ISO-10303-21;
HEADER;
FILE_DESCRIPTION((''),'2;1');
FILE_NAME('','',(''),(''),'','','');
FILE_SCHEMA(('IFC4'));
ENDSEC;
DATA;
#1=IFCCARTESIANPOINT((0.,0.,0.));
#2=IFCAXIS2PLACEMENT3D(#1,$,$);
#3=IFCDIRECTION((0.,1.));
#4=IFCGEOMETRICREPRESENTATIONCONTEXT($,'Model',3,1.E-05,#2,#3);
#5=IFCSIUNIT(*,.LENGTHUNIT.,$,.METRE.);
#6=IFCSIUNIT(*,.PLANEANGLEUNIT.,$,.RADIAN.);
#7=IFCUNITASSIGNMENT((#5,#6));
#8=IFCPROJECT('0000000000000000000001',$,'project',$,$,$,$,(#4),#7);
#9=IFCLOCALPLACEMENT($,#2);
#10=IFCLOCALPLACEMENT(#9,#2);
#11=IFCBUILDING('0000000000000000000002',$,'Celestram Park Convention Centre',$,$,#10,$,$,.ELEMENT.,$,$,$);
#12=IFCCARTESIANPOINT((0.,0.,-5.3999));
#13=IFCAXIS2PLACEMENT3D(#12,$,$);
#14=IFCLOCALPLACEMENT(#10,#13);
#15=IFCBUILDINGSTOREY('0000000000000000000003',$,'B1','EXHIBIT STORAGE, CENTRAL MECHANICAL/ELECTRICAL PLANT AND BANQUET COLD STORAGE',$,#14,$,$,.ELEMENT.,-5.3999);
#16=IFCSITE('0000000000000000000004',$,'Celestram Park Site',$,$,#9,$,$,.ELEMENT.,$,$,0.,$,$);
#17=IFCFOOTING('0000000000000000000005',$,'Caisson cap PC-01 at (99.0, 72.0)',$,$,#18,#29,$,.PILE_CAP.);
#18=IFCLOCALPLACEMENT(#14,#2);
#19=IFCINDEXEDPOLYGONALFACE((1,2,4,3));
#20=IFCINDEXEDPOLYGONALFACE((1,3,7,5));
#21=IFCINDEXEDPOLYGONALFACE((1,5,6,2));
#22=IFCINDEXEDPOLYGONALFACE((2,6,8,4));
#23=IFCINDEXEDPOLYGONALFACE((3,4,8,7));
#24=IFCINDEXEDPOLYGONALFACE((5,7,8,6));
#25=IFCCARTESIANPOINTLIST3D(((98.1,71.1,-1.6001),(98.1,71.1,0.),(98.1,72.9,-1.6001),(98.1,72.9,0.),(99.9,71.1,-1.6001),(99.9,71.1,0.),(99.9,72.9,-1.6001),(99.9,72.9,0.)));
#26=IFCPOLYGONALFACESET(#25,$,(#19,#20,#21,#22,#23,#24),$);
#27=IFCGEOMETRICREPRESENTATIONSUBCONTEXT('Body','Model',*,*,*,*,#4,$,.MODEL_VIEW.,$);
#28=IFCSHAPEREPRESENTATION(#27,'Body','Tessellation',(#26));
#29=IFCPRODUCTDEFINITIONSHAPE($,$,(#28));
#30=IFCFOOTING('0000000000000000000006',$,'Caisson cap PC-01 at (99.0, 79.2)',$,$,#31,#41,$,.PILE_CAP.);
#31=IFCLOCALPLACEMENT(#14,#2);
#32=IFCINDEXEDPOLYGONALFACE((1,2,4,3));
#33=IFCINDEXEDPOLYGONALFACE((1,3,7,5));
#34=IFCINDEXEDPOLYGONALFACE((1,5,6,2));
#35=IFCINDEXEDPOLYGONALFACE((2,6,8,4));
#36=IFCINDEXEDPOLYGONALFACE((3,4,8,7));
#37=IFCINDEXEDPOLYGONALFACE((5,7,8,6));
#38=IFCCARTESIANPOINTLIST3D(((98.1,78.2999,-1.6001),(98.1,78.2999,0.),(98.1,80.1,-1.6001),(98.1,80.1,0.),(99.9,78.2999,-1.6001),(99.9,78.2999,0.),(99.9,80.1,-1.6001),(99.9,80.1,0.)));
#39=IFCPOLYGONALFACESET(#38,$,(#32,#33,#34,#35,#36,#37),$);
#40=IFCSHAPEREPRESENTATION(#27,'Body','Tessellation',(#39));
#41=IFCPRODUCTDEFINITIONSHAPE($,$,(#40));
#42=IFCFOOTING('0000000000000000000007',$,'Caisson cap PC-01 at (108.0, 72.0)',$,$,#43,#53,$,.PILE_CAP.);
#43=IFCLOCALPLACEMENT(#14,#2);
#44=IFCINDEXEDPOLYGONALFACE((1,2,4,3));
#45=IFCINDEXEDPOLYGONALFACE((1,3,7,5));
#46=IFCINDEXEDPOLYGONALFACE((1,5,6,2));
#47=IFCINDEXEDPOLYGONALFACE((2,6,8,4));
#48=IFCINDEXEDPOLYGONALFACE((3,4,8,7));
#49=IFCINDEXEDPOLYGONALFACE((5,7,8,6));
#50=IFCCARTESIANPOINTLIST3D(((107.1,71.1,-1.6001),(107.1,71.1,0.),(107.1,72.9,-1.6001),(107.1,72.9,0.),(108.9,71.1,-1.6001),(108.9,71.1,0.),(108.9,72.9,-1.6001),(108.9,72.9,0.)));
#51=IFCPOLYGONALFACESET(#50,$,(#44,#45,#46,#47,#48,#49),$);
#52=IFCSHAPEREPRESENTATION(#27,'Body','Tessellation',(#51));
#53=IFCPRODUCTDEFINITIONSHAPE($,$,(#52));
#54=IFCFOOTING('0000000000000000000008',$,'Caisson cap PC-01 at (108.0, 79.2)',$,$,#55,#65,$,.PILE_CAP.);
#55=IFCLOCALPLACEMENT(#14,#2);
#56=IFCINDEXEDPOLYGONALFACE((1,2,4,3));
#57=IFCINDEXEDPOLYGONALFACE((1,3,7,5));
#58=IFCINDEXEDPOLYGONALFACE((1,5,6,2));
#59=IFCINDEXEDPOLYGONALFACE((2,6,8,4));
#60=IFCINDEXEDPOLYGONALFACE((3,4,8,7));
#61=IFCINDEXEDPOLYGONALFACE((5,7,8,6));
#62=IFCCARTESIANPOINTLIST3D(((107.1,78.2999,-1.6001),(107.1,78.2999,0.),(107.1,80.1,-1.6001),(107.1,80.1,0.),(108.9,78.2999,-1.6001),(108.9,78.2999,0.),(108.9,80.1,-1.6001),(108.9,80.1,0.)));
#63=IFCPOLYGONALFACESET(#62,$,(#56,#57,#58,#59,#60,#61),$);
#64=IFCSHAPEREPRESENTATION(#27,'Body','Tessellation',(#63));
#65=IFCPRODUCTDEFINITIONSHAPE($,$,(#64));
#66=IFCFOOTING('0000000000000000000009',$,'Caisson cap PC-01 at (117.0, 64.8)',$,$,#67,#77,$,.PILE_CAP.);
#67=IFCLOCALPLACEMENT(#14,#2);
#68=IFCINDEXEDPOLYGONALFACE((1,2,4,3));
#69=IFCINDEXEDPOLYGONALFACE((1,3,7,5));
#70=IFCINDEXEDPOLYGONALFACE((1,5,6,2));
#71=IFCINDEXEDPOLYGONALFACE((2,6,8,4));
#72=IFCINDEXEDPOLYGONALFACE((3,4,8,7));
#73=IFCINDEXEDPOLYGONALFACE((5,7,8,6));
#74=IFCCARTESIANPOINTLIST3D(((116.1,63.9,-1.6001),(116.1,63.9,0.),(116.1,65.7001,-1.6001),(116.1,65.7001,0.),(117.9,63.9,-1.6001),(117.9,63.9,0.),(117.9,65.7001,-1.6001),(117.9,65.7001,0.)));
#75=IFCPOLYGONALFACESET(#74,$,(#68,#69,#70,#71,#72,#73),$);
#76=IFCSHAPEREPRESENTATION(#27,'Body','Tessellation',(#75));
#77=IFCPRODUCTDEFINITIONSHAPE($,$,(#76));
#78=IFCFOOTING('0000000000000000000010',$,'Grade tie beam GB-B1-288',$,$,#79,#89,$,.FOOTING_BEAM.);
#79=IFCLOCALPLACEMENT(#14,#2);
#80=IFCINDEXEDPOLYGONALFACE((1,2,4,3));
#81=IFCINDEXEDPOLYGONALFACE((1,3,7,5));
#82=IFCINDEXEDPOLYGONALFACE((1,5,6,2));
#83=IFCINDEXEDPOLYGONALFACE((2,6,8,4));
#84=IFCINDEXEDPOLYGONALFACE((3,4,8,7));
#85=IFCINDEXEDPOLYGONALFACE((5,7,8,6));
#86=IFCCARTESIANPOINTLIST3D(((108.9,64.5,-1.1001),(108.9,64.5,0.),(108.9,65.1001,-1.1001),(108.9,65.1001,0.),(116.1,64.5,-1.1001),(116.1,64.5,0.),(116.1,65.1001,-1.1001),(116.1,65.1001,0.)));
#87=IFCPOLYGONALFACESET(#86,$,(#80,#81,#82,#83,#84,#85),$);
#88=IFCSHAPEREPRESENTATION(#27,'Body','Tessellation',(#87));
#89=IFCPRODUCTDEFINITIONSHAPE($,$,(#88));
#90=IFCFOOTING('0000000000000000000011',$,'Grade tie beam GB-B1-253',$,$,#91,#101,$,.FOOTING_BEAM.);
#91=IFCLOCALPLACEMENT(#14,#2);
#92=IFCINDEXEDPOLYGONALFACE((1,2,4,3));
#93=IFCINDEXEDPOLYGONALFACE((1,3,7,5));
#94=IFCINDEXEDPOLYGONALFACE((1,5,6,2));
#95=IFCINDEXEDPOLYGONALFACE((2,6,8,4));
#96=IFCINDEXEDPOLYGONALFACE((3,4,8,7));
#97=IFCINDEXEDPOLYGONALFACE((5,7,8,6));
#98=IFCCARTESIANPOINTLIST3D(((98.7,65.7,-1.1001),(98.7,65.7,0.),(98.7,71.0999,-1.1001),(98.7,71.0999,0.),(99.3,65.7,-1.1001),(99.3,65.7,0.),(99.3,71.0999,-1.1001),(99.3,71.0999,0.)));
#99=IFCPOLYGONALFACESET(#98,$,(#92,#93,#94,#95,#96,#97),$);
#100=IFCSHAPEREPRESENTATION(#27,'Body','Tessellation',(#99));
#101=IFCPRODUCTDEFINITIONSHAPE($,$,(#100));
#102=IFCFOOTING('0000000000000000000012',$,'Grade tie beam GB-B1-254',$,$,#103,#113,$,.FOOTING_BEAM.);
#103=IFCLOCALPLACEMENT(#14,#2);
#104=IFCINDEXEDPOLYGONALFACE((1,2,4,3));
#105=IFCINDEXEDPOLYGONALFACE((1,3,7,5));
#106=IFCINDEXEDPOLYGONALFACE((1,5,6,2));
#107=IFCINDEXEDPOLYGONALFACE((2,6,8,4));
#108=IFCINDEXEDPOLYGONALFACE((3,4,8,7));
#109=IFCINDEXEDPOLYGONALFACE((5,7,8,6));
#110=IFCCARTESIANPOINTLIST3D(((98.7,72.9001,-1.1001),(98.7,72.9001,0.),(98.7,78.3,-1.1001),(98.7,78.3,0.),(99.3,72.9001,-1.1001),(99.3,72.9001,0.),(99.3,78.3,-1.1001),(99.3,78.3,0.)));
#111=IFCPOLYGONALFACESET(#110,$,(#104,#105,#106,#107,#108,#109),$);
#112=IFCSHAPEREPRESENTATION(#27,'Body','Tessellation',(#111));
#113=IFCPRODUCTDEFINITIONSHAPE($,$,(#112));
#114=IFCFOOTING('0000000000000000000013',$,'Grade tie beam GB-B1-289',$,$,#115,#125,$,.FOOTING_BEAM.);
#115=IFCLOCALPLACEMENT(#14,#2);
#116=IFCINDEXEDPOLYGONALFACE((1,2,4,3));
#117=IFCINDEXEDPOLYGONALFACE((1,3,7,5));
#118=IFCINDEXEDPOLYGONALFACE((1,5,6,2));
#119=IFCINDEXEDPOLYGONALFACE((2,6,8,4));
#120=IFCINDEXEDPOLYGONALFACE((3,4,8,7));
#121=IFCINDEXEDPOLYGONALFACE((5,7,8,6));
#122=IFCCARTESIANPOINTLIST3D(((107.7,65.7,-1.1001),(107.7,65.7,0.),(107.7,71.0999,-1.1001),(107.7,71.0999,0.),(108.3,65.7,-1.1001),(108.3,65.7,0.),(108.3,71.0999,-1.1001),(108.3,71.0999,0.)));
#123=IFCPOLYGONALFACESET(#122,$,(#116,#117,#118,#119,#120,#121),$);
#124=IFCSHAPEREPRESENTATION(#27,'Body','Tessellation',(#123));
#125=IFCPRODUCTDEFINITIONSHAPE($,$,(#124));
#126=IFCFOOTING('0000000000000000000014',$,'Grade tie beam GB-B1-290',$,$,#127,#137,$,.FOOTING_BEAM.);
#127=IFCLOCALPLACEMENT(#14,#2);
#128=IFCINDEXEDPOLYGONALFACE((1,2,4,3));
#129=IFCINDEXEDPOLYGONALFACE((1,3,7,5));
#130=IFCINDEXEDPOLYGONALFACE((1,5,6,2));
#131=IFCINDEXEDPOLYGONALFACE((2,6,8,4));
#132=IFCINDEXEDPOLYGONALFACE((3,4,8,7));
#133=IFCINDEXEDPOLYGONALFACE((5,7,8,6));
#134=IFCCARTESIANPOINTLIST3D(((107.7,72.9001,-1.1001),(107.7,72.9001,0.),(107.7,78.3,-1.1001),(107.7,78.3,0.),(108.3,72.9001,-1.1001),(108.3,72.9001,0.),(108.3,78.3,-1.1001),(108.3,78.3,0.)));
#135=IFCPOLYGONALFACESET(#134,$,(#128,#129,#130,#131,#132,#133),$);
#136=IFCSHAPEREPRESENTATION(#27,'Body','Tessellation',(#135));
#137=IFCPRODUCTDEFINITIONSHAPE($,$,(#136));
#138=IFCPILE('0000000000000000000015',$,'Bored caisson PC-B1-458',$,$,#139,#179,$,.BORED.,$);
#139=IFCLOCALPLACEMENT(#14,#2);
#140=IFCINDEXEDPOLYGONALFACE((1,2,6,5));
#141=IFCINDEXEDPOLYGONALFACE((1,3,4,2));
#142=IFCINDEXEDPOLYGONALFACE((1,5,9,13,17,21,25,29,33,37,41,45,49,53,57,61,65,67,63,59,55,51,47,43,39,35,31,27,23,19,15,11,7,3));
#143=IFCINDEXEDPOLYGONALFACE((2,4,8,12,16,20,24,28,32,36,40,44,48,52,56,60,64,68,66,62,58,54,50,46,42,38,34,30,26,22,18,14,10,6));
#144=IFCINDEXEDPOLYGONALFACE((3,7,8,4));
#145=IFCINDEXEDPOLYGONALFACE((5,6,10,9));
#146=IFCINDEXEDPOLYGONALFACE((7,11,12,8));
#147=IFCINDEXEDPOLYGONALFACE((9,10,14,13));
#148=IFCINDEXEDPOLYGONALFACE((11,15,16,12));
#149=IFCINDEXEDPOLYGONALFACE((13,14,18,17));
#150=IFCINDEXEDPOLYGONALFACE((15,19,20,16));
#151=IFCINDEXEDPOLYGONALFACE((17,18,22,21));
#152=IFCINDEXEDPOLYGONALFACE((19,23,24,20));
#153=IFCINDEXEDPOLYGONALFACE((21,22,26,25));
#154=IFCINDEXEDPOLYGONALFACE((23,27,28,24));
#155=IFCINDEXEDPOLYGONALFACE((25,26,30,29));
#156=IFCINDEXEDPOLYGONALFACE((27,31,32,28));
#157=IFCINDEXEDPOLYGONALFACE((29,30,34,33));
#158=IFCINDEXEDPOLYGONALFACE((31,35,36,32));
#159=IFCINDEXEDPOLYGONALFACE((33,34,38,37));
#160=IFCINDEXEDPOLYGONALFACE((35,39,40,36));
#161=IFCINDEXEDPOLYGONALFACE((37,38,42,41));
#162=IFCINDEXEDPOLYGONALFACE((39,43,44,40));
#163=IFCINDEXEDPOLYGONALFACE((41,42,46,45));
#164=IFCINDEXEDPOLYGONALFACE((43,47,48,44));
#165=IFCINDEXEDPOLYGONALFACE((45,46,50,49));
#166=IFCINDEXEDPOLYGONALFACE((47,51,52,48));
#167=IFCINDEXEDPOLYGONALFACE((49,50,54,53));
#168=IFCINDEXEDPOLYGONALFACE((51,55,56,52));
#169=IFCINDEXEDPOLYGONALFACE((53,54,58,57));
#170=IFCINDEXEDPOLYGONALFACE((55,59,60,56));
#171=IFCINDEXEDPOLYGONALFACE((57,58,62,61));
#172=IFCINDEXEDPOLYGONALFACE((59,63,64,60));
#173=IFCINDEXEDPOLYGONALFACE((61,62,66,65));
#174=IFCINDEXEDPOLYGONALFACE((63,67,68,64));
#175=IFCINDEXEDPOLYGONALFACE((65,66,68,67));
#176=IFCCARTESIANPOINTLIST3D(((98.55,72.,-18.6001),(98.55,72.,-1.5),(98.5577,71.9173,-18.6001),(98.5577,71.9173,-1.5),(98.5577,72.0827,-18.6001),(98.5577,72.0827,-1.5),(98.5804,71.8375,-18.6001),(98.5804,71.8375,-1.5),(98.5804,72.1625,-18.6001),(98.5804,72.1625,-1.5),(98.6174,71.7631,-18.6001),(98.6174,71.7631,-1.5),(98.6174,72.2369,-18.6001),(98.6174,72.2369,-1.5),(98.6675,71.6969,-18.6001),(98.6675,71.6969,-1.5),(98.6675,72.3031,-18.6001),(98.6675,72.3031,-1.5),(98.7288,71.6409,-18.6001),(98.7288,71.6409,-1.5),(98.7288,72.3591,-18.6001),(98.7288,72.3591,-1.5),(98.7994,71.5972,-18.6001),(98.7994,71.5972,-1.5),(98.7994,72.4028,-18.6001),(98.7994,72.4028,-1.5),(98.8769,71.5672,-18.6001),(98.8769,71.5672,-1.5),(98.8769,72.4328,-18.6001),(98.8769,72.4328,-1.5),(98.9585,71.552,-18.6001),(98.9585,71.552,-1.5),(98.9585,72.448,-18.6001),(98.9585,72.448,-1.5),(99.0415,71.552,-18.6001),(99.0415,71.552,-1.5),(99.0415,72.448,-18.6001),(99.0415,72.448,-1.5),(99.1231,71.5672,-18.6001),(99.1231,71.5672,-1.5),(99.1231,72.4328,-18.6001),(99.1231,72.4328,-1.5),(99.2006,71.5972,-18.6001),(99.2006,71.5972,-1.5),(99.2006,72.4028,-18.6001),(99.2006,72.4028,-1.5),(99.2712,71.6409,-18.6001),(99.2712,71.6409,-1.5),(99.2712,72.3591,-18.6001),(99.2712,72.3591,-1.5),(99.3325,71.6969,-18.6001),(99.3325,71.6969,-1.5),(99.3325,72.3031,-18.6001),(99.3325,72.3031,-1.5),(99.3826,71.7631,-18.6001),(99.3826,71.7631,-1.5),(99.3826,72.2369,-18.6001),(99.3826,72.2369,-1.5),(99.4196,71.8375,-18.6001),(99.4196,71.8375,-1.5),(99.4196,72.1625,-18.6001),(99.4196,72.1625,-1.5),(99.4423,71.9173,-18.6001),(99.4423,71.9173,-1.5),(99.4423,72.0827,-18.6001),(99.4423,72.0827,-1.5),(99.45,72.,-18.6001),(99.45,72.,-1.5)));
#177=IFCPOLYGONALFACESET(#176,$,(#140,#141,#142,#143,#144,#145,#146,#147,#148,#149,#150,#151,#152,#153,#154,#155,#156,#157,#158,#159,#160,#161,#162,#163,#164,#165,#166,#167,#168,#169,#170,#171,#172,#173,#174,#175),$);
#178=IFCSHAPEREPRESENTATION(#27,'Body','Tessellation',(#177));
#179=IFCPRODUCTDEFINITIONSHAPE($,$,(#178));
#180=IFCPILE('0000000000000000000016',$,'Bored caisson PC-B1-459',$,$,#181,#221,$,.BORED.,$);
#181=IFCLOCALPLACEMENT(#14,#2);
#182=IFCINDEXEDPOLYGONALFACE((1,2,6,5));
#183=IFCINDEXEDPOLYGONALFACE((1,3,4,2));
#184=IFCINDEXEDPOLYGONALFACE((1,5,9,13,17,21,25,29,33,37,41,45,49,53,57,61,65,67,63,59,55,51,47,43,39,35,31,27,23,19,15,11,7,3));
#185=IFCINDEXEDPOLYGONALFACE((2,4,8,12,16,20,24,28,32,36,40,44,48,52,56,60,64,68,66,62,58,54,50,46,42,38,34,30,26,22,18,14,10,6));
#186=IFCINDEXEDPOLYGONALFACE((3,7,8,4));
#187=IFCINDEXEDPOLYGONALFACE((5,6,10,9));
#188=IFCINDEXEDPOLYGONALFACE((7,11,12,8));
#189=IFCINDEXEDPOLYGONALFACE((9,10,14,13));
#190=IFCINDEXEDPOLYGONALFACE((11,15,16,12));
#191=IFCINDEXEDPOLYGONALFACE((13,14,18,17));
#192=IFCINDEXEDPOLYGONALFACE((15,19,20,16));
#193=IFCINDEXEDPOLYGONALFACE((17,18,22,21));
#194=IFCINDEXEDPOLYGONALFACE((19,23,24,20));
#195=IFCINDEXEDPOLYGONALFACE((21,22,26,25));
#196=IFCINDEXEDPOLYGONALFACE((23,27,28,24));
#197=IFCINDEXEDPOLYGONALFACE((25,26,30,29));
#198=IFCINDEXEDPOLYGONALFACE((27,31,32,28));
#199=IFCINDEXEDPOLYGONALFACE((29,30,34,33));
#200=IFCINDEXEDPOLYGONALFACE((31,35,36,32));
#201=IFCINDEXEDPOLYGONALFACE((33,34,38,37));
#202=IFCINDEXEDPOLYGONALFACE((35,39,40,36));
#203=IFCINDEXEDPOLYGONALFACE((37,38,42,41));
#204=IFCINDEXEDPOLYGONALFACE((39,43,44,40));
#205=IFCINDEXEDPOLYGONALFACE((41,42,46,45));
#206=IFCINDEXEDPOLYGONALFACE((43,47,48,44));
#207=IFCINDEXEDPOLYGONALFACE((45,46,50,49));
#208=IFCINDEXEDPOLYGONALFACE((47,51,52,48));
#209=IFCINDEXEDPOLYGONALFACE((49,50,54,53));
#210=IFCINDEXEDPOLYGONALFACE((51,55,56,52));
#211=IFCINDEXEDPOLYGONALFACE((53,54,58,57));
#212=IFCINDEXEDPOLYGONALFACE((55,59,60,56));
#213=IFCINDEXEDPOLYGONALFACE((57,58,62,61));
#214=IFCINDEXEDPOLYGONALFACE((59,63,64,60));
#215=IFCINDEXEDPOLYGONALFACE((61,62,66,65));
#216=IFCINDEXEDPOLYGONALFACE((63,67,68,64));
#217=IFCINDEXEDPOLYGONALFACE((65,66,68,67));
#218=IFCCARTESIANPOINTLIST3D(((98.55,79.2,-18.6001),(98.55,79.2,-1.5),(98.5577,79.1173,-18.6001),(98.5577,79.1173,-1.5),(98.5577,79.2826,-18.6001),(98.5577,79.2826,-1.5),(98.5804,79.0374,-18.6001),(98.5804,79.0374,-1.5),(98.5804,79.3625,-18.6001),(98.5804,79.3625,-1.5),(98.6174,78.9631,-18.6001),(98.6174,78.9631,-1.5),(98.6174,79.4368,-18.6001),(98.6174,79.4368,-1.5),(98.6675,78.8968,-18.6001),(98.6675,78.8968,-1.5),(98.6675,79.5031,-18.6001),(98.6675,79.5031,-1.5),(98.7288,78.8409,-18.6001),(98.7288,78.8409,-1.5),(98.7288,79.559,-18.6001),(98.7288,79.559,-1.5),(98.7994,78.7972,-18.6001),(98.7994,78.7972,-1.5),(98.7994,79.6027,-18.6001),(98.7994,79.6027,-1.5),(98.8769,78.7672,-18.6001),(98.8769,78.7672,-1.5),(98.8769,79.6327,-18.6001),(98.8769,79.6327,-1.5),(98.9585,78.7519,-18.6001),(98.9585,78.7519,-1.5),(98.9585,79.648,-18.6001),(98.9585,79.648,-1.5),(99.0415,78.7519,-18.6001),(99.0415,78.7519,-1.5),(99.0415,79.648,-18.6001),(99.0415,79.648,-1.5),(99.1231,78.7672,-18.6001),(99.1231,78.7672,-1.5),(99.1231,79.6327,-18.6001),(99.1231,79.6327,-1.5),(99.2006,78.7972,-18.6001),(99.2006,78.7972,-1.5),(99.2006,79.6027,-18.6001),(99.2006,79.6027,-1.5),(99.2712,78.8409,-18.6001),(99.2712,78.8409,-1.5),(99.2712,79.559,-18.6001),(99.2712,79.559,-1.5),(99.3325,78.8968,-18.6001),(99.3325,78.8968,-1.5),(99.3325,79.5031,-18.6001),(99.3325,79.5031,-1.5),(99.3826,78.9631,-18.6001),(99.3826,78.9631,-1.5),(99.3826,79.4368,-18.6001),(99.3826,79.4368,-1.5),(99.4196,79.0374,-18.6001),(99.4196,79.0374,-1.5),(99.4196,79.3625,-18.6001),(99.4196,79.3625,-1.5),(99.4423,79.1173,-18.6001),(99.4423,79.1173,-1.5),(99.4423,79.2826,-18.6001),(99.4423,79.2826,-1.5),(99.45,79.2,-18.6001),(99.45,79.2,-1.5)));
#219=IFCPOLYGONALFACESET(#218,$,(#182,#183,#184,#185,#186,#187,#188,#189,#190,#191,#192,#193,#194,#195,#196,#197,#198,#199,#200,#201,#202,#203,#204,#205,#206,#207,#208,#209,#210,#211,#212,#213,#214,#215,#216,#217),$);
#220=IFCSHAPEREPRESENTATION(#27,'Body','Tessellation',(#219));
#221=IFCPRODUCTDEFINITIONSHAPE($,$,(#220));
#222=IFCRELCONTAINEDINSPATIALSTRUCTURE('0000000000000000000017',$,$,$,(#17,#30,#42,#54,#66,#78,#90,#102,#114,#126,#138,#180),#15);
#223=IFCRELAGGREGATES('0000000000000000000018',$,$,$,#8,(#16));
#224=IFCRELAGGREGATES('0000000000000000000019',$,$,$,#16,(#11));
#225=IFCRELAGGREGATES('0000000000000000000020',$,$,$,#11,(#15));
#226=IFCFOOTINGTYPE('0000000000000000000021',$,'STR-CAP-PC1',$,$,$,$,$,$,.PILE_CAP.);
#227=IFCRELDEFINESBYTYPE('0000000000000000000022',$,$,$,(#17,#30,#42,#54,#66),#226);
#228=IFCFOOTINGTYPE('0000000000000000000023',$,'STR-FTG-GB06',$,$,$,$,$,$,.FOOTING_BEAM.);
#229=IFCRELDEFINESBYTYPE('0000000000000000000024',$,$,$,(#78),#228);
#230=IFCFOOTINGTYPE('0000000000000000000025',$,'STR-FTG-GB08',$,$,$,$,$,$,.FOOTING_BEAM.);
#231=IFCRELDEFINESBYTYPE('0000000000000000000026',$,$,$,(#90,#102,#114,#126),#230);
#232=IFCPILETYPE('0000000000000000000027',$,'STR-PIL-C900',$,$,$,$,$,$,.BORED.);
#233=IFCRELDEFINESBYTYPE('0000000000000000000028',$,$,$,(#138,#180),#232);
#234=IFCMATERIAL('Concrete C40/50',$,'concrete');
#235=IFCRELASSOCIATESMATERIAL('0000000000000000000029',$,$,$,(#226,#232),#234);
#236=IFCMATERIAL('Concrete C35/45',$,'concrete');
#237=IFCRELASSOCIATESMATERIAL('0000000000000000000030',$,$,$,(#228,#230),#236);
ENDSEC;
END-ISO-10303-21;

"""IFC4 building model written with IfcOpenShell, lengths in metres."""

from ifc_helpers import new_model, si_unit, direction, frame, origin, origin_2d, place, context, subcontext, project, spatial, rectangle, circle, extrude, material, material_profile, profile_set, type_object, element, save


model = new_model("IFC4")

# Units and contexts
model_context = context("Model", 3, precision=1e-05, world=origin(), true_north=direction((0.0, 1.0)))
body_context = subcontext(model_context, "Body", "Model", "MODEL_VIEW")
ifc_project = project(units=[si_unit("LENGTHUNIT", "METRE"), si_unit("PLANEANGLEUNIT", "RADIAN")], contexts=[model_context])

# Site, building, storey
site_placement = place(None, origin())
site = spatial("IfcSite", under=ifc_project, at=site_placement, Name="Celestram Park Site", CompositionType="ELEMENT", RefElevation=0.0)
building_placement = place(site_placement, origin())
building = spatial("IfcBuilding", under=site, at=building_placement, Name="Celestram Park Convention Centre", CompositionType="ELEMENT")
storey_placement = place(building_placement, frame((0.0, 0.0, -5.3999)))
storey = spatial("IfcBuildingStorey", under=building, at=storey_placement, Name="B1", Description="EXHIBIT STORAGE, CENTRAL MECHANICAL/ELECTRICAL PLANT AND BANQUET COLD STORAGE", CompositionType="ELEMENT", Elevation=-5.3999)

# Footings
ifc_material_1 = material(Name="Concrete C40/50", Category="concrete")
footing_type_1 = type_object("IfcFootingType", Name="STR-CAP-PC1", PredefinedType="PILE_CAP", material=ifc_material_1)
for number, where, z_axis, x_axis, name in (
    (1, (99.0, 72.0, -1.6001), (0.0, 0.0, 1.0), (1.0, 0.0, 0.0), "Caisson cap PC-01 at (99.0, 72.0)"),
    (2, (99.0, 79.2, -1.6001), (0.0, 0.0, 1.0), (1.0, 0.0, 0.0), "Caisson cap PC-01 at (99.0, 79.2)"),
    (3, (108.0, 72.0, -1.6001), (0.0, 0.0, 1.0), (1.0, 0.0, 0.0), "Caisson cap PC-01 at (108.0, 72.0)"),
    (4, (108.0, 79.2, -1.6001), (0.0, 0.0, 1.0), (1.0, 0.0, 0.0), "Caisson cap PC-01 at (108.0, 79.2)"),
    (5, (117.0, 64.8, -1.6001), (0.0, 0.0, 1.0), (1.0, 0.0, 0.0), "Caisson cap PC-01 at (117.0, 64.8)"),
):
    element("IfcFooting", number, at=place(storey_placement, frame(where, z_axis=z_axis, x_axis=x_axis)), inside=storey, type_object=footing_type_1, Name=name, PredefinedType="PILE_CAP", context=body_context, shape_type="SweptSolid", body=[
        extrude(rectangle(XDim=1.8, YDim=1.8, at=origin_2d()), origin(), (0.0, 0.0, 1.0), 1.6001),
    ])
ifc_material_2 = material(Name="Concrete C35/45", Category="concrete")
footing_type_2 = type_object("IfcFootingType", Name="STR-FTG-GB06", PredefinedType="FOOTING_BEAM", material=ifc_material_2)
footing_placement = place(storey_placement, frame((112.5, 64.8, -1.1001), z_axis=(0.0, 0.0, 1.0), x_axis=(1.0, 0.0, 0.0)))
element("IfcFooting", 6, at=footing_placement, inside=storey, type_object=footing_type_2, Name="Grade tie beam GB-B1-288", PredefinedType="FOOTING_BEAM", context=body_context, shape_type="SweptSolid", body=[
    extrude(rectangle(XDim=7.2, YDim=0.6001, at=origin_2d()), origin(), (0.0, 0.0, 1.0), 1.1001),
])
footing_type_3 = type_object("IfcFootingType", Name="STR-FTG-GB08", PredefinedType="FOOTING_BEAM", material=ifc_material_2)
for number, where, z_axis, x_axis, name in (
    (7, (99.0, 68.3999, -1.1001), (0.0, 0.0, 1.0), (0.0, 1.0, 0.0), "Grade tie beam GB-B1-253"),
    (8, (99.0, 75.6001, -1.1001), (0.0, 0.0, 1.0), (0.0, 1.0, 0.0), "Grade tie beam GB-B1-254"),
    (9, (108.0, 68.3999, -1.1001), (0.0, 0.0, 1.0), (0.0, 1.0, 0.0), "Grade tie beam GB-B1-289"),
    (10, (108.0, 75.6001, -1.1001), (0.0, 0.0, 1.0), (0.0, 1.0, 0.0), "Grade tie beam GB-B1-290"),
):
    element("IfcFooting", number, at=place(storey_placement, frame(where, z_axis=z_axis, x_axis=x_axis)), inside=storey, type_object=footing_type_3, Name=name, PredefinedType="FOOTING_BEAM", context=body_context, shape_type="SweptSolid", body=[
        extrude(rectangle(XDim=5.3999, YDim=0.6001, at=origin_2d()), origin(), (0.0, 0.0, 1.0), 1.1001),
    ])

# Piles
ifc_material_profile_1 = material_profile(ifc_material_1, circle(Radius=0.45, at=origin_2d()), Name="CAISSON900")
ifc_profile_set_1 = profile_set([ifc_material_profile_1], Name="Concrete C40/50")
pile_type = type_object("IfcPileType", Name="STR-PIL-C900", PredefinedType="BORED", material=ifc_profile_set_1)
for number, where, z_axis, x_axis, name in (
    (11, (99.0, 72.0, -1.5), (0.0, 0.0, -1.0), (1.0, 0.0, 0.0), "Bored caisson PC-B1-458"),
    (12, (99.0, 79.2, -1.5), (0.0, 0.0, -1.0), (1.0, 0.0, 0.0), "Bored caisson PC-B1-459"),
):
    element("IfcPile", number, at=place(storey_placement, frame(where, z_axis=z_axis, x_axis=x_axis)), inside=storey, type_object=pile_type, Name=name, PredefinedType="BORED", context=body_context, shape_type="SweptSolid", body=[
        extrude(circle(Radius=0.45, at=origin_2d()), origin(), (0.0, 0.0, 1.0), 17.1001),
    ])

save(model, "model.ifc")
